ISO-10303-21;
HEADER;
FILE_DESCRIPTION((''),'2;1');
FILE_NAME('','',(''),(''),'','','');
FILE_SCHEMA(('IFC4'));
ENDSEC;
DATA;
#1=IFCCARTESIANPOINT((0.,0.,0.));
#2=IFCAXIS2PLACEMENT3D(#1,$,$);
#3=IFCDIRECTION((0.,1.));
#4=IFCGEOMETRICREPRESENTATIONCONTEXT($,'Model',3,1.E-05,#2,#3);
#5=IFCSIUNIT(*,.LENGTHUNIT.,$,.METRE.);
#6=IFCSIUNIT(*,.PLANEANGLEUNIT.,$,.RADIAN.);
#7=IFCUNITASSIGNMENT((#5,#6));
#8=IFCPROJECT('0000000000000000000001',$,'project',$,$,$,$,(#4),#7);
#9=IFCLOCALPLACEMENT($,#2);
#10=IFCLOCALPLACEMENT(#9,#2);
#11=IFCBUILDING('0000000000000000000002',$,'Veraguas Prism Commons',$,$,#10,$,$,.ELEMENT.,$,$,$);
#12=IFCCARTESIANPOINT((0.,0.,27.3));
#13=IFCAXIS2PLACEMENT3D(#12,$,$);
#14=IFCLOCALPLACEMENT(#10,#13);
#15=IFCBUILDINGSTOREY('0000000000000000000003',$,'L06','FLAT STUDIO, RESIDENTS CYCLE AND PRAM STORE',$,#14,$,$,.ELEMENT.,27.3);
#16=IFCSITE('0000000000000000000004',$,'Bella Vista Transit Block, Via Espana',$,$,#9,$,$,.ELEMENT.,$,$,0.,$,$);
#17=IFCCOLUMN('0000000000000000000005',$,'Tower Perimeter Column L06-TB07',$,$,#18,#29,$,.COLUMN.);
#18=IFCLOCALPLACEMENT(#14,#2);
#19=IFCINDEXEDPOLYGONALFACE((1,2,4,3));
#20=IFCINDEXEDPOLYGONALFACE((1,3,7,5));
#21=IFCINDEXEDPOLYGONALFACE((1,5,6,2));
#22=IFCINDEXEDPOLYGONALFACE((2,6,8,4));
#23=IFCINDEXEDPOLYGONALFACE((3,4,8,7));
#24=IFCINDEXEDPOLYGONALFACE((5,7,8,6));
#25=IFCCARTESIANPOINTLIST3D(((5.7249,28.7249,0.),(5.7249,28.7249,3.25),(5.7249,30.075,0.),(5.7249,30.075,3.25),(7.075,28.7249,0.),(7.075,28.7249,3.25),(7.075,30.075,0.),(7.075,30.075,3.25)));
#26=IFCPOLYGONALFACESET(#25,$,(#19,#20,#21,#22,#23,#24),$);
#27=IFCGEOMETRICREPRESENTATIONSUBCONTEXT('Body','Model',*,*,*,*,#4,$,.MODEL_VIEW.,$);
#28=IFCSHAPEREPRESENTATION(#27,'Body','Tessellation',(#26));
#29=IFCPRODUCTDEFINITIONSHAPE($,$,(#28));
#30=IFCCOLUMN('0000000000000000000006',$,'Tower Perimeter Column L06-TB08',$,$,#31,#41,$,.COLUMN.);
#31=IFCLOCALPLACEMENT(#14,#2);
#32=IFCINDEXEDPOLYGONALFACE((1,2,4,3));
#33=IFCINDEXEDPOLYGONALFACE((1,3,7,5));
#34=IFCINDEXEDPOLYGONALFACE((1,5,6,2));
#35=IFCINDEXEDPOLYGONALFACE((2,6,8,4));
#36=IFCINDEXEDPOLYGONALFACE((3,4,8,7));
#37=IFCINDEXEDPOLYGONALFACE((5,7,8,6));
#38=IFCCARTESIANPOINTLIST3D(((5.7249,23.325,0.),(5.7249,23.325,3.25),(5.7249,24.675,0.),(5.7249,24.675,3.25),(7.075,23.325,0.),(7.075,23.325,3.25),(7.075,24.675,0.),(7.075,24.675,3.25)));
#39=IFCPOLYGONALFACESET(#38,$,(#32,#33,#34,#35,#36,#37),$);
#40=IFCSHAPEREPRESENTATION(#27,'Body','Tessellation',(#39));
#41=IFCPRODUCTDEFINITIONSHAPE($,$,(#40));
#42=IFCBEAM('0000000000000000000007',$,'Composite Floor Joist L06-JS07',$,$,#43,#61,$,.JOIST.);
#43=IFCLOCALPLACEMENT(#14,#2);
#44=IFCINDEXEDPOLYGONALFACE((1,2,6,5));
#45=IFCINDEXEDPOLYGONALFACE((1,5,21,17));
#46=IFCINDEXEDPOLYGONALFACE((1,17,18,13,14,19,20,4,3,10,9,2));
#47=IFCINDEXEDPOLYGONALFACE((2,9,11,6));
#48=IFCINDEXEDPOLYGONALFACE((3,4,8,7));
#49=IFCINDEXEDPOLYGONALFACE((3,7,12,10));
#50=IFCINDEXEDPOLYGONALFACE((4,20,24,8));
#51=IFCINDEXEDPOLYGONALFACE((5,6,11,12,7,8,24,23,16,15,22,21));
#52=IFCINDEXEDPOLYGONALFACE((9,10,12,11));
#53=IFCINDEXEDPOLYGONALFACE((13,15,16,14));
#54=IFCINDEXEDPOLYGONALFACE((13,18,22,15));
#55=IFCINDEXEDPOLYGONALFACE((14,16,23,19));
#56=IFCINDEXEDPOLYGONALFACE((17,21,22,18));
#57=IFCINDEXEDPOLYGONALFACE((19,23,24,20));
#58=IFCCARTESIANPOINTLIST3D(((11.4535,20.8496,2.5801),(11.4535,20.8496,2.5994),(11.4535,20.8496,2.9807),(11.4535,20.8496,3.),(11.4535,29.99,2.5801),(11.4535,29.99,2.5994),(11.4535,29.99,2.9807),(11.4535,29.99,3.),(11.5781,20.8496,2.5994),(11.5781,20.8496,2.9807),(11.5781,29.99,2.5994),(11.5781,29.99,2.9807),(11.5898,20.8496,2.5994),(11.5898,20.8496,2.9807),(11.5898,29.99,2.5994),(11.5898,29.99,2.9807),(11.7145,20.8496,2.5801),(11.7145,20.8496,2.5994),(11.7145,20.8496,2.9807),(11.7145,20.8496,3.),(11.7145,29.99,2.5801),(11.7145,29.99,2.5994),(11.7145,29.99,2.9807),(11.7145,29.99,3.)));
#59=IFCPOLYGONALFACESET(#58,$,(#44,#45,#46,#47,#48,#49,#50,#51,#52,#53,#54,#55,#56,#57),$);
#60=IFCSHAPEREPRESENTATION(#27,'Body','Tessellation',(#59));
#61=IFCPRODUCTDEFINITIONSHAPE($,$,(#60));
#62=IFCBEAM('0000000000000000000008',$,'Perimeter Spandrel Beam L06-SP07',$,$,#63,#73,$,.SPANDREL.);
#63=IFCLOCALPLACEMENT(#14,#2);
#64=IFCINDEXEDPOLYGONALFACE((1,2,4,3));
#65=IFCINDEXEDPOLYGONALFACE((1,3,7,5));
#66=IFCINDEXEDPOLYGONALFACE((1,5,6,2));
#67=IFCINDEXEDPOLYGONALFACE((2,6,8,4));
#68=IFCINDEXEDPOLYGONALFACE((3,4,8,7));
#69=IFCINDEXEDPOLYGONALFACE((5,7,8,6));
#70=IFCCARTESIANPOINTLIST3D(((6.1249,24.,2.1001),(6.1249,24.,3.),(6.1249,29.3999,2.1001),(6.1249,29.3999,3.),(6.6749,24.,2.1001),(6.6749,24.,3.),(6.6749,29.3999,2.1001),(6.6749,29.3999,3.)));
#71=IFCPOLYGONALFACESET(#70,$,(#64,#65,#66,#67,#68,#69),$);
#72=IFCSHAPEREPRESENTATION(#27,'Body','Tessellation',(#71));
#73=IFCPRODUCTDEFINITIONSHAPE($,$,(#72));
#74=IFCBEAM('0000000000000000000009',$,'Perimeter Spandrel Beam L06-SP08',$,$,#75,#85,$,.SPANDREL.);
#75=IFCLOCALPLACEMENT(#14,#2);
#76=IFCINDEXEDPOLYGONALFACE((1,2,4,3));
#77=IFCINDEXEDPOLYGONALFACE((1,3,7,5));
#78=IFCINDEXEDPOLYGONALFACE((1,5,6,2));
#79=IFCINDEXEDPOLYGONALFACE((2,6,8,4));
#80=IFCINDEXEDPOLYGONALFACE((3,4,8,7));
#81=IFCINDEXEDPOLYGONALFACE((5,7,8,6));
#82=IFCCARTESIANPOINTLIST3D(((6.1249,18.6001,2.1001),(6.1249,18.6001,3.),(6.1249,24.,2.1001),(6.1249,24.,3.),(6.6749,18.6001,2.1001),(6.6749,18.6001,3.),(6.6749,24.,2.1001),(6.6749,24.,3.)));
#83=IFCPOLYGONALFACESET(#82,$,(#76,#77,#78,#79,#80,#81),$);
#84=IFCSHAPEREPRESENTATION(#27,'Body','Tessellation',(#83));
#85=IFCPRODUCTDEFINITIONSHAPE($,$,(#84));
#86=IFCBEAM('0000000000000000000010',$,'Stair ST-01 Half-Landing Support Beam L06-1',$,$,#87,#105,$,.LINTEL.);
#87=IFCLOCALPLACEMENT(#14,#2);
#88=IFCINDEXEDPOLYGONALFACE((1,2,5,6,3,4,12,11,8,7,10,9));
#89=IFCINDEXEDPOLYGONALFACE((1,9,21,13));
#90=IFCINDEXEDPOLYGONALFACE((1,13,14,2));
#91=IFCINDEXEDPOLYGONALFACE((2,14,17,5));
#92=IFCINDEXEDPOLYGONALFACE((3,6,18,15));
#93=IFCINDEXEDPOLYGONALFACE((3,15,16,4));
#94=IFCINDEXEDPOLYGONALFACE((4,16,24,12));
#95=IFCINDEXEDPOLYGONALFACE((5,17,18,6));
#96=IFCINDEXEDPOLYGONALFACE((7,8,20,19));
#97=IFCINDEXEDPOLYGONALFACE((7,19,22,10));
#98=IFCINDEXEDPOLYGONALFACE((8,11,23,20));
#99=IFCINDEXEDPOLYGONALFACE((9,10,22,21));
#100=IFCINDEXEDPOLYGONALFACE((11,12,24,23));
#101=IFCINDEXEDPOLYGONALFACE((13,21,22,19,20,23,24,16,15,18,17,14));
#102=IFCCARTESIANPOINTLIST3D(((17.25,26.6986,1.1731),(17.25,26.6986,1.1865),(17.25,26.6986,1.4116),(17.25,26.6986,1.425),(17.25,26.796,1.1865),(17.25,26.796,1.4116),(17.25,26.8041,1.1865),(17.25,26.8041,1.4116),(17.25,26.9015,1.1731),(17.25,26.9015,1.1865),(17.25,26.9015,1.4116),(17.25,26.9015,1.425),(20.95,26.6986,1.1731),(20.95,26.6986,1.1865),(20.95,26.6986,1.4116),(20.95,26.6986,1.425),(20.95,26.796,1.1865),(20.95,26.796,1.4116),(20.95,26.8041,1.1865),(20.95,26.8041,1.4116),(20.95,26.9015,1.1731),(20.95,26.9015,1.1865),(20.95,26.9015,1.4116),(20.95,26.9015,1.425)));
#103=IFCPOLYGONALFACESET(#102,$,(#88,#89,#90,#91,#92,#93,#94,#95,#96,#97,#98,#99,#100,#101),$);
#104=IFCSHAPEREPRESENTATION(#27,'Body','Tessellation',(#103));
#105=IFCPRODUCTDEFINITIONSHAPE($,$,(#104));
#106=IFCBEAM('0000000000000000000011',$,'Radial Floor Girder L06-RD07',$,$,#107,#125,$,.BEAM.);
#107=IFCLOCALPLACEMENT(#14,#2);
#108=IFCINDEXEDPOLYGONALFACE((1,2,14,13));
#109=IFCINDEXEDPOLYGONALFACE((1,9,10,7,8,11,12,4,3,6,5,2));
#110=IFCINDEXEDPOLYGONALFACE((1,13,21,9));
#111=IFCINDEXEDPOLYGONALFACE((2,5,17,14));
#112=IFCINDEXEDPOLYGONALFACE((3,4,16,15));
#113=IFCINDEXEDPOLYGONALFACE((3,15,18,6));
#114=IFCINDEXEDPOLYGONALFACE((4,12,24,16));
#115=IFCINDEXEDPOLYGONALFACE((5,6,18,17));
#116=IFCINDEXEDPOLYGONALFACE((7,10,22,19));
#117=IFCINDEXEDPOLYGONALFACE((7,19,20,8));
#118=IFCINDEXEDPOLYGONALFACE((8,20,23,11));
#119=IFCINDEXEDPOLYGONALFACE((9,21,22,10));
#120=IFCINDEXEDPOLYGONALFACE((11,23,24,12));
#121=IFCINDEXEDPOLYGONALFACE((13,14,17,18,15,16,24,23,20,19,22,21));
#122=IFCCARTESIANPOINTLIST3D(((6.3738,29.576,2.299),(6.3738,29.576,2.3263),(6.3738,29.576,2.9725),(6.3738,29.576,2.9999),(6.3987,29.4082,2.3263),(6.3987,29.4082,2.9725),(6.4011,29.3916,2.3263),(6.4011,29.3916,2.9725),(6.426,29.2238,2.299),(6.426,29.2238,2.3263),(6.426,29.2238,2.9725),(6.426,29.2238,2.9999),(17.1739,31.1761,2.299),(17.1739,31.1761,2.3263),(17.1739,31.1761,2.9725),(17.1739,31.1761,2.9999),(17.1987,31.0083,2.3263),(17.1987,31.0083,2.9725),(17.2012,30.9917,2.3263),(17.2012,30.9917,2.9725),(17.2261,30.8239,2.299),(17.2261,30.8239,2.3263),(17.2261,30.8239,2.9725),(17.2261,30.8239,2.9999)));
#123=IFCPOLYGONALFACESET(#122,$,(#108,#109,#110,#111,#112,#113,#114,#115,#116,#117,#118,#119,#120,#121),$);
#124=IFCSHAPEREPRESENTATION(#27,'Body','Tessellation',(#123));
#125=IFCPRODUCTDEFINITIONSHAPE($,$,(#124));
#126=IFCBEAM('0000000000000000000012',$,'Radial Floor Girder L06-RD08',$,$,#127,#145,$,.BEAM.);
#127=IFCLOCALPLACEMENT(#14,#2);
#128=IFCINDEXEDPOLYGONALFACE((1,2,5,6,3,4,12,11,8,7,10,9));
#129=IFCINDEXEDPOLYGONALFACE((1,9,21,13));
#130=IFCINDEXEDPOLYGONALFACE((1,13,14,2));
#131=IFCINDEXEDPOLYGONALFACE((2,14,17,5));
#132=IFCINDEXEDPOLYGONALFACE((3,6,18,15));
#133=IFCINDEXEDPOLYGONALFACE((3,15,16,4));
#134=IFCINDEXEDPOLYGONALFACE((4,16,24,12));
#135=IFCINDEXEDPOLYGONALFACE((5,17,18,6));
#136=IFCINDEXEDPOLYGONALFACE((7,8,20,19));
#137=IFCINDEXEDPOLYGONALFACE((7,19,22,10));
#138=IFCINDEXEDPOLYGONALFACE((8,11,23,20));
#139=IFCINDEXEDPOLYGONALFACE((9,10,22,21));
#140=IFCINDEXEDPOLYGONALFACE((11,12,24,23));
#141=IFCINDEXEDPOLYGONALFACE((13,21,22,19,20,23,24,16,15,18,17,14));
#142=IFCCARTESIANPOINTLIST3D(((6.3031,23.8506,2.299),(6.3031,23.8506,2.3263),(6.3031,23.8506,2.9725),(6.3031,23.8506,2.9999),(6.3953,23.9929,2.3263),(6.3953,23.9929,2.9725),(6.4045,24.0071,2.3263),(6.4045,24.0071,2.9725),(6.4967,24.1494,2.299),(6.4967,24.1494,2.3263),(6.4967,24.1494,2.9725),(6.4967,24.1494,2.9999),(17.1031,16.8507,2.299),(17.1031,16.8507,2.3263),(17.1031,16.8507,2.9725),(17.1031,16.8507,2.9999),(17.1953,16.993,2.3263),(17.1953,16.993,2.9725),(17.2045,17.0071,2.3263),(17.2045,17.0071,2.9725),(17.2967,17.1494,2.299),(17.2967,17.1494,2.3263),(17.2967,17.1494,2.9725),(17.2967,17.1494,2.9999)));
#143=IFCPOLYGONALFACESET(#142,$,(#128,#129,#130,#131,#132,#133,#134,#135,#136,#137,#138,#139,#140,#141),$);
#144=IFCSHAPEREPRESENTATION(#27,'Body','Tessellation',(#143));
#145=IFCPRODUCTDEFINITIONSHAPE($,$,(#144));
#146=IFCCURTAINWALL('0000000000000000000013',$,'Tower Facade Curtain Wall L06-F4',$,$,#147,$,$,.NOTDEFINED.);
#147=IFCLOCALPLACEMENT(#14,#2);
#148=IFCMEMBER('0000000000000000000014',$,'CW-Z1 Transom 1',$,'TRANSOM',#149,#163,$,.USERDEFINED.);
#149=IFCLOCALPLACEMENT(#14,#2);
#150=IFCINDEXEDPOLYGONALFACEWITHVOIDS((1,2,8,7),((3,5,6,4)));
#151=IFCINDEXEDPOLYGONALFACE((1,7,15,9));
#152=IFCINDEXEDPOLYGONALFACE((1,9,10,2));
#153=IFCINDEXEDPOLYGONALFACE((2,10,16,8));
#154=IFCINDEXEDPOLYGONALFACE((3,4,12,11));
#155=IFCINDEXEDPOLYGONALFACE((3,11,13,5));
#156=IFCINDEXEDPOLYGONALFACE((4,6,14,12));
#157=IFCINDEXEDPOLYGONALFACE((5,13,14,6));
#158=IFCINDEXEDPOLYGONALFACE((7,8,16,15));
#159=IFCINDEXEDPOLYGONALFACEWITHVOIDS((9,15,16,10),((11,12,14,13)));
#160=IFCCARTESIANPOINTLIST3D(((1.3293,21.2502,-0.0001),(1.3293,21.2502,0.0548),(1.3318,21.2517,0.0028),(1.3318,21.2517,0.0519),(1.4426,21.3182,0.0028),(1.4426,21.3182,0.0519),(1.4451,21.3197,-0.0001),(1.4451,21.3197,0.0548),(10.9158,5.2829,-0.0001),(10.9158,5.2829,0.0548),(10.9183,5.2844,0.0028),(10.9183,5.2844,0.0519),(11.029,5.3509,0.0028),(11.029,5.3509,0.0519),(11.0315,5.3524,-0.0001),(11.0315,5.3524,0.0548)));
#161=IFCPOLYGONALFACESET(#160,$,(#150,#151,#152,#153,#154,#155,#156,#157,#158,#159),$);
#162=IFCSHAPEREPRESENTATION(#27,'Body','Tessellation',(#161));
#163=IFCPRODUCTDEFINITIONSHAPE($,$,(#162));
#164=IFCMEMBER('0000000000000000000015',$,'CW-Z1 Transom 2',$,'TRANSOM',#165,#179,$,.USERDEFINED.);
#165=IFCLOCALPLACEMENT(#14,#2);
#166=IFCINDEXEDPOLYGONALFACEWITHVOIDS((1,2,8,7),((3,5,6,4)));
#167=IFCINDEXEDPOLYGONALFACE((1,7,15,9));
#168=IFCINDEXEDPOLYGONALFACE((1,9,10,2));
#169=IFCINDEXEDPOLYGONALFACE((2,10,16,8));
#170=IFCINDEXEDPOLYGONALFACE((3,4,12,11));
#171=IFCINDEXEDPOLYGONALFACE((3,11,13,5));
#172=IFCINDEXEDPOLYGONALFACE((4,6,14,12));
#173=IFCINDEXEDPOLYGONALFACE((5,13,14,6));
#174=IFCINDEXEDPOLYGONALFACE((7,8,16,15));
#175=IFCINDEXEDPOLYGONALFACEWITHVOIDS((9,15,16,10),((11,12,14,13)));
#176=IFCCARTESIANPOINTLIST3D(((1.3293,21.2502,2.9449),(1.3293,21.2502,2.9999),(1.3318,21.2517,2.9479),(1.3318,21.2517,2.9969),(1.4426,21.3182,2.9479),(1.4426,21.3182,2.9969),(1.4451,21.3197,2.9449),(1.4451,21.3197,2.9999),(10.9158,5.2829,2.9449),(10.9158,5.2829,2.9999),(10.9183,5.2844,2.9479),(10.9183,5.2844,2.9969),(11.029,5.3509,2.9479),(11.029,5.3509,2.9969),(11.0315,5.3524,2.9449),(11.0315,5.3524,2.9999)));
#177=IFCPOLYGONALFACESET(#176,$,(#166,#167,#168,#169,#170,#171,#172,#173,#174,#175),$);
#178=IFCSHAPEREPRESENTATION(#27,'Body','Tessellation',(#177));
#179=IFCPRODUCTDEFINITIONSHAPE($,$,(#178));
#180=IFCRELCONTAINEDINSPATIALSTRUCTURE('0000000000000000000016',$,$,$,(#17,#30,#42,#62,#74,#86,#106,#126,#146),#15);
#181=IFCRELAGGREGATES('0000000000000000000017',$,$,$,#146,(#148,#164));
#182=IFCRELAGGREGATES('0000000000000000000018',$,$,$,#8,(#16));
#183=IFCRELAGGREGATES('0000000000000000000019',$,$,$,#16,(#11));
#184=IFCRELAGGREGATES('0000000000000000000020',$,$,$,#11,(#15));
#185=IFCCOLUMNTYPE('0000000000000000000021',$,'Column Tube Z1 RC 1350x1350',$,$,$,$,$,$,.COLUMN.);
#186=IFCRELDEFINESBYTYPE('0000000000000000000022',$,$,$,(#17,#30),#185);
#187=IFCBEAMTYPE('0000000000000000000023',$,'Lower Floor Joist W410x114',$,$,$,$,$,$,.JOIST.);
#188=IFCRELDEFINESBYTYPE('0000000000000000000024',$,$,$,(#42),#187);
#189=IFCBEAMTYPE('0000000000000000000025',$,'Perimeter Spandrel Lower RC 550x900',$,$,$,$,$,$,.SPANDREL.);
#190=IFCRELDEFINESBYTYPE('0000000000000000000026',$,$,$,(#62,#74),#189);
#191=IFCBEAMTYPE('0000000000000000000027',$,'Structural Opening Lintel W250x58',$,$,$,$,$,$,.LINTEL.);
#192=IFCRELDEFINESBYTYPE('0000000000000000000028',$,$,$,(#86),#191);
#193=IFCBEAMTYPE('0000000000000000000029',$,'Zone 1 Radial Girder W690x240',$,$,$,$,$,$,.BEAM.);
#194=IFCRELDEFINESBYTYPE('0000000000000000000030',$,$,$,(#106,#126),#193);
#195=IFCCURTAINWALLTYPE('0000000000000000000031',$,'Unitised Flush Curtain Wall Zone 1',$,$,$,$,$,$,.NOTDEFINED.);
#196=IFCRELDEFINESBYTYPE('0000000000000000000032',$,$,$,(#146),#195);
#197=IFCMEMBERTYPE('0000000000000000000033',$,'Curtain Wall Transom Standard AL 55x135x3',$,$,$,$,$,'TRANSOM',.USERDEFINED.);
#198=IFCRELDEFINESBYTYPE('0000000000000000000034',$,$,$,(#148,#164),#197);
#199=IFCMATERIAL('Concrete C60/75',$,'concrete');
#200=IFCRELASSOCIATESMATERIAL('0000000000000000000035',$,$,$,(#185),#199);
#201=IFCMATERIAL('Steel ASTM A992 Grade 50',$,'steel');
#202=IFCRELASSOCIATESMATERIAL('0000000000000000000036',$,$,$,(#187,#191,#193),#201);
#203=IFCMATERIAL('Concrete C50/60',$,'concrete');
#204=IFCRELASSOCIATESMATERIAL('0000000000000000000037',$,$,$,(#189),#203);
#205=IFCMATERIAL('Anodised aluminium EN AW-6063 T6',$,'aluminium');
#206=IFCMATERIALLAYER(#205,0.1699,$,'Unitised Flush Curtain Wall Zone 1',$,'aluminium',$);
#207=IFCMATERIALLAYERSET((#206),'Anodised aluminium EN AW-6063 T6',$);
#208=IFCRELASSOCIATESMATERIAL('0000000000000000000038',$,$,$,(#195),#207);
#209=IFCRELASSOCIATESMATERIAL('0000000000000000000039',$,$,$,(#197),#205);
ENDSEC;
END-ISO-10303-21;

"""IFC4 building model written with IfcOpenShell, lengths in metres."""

from ifc_helpers import new_model, si_unit, direction, frame, origin, origin_2d, place, context, subcontext, project, spatial, rectangle, hollow_rectangle, i_section, extrude, source, transform, mapped, material, layer, layer_set, material_profile, profile_set, type_object, element, aggregate, save


model = new_model("IFC4")

# Units and contexts
model_context = context("Model", 3, precision=1e-05, world=origin(), true_north=direction((0.0, 1.0)))
body_context = subcontext(model_context, "Body", "Model", "MODEL_VIEW")
ifc_project = project(units=[si_unit("LENGTHUNIT", "METRE"), si_unit("PLANEANGLEUNIT", "RADIAN")], contexts=[model_context])

# Site, building, storey
site_placement = place(None, origin())
site = spatial("IfcSite", under=ifc_project, at=site_placement, Name="Bella Vista Transit Block, Via Espana", CompositionType="ELEMENT", RefElevation=0.0)
building_placement = place(site_placement, origin())
building = spatial("IfcBuilding", under=site, at=building_placement, Name="Veraguas Prism Commons", CompositionType="ELEMENT")
storey_placement = place(building_placement, frame((0.0, 0.0, 27.3)))
storey = spatial("IfcBuildingStorey", under=building, at=storey_placement, Name="L06", Description="FLAT STUDIO, RESIDENTS CYCLE AND PRAM STORE", CompositionType="ELEMENT", Elevation=27.3)

# Columns
ifc_material_1 = material(Name="Concrete C60/75", Category="concrete")
ifc_material_profile_1 = material_profile(ifc_material_1, rectangle(XDim=1.3501, YDim=1.3501, at=origin_2d()), Name="RC1350X1350")
ifc_profile_set_1 = profile_set([ifc_material_profile_1], Name="Concrete C60/75")
column_type = type_object("IfcColumnType", Name="Column Tube Z1 RC 1350x1350", PredefinedType="COLUMN", material=ifc_profile_set_1)
for number, where, z_axis, x_axis, name in (
    (1, (6.3999, 29.3999, 0.0), (0.0, 0.0, 1.0), (1.0, 0.0, 0.0), "Tower Perimeter Column L06-TB07"),
    (2, (6.3999, 24.0, 0.0), (0.0, 0.0, 1.0), (1.0, 0.0, 0.0), "Tower Perimeter Column L06-TB08"),
):
    element("IfcColumn", number, at=place(storey_placement, frame(where, z_axis=z_axis, x_axis=x_axis)), inside=storey, type_object=column_type, Name=name, PredefinedType="COLUMN", context=body_context, shape_type="SweptSolid", body=[
        extrude(rectangle(XDim=1.3501, YDim=1.3501, at=origin_2d()), origin(), (0.0, 0.0, 1.0), 3.25),
    ])

# Beams
ifc_material_2 = material(Name="Steel ASTM A992 Grade 50", Category="steel")
ifc_material_profile_2 = material_profile(ifc_material_2, i_section(OverallWidth=0.261, OverallDepth=0.4199, WebThickness=0.0117, FlangeThickness=0.0193, at=origin_2d()), Name="W410X114")
ifc_profile_set_2 = profile_set([ifc_material_profile_2], Name="Steel ASTM A992 Grade 50")
beam_type_1 = type_object("IfcBeamType", Name="Lower Floor Joist W410x114", PredefinedType="JOIST", material=ifc_profile_set_2)
beam_1_placement = place(storey_placement, frame((11.584, 29.99, 2.79), z_axis=(0.0, -1.0, 0.0), x_axis=(1.0, 0.0, 0.0)))
element("IfcBeam", 3, at=beam_1_placement, inside=storey, type_object=beam_type_1, Name="Composite Floor Joist L06-JS07", PredefinedType="JOIST", context=body_context, shape_type="SweptSolid", body=[
    extrude(i_section(OverallWidth=0.261, OverallDepth=0.4199, WebThickness=0.0117, FlangeThickness=0.0193, at=origin_2d()), origin(), (0.0, 0.0, 1.0), 9.1404),
])
ifc_material_3 = material(Name="Concrete C50/60", Category="concrete")
ifc_material_profile_3 = material_profile(ifc_material_3, rectangle(XDim=0.55, YDim=0.8999, at=origin_2d()), Name="RC550X900")
ifc_profile_set_3 = profile_set([ifc_material_profile_3], Name="Concrete C50/60")
beam_type_2 = type_object("IfcBeamType", Name="Perimeter Spandrel Lower RC 550x900", PredefinedType="SPANDREL", material=ifc_profile_set_3)
for number, where, z_axis, x_axis, name in (
    (4, (6.3999, 29.3999, 2.55), (0.0, -1.0, 0.0), (1.0, 0.0, 0.0), "Perimeter Spandrel Beam L06-SP07"),
    (5, (6.3999, 24.0, 2.55), (0.0, -1.0, 0.0), (1.0, 0.0, 0.0), "Perimeter Spandrel Beam L06-SP08"),
):
    element("IfcBeam", number, at=place(storey_placement, frame(where, z_axis=z_axis, x_axis=x_axis)), inside=storey, type_object=beam_type_2, Name=name, PredefinedType="SPANDREL", context=body_context, shape_type="SweptSolid", body=[
        extrude(rectangle(XDim=0.55, YDim=0.8999, at=origin_2d()), origin(), (0.0, 0.0, 1.0), 5.3999),
    ])
ifc_material_profile_4 = material_profile(ifc_material_2, i_section(OverallWidth=0.2029, OverallDepth=0.252, WebThickness=0.0081, FlangeThickness=0.0134, at=origin_2d()), Name="W250X58")
ifc_profile_set_4 = profile_set([ifc_material_profile_4], Name="Steel ASTM A992 Grade 50")
beam_type_3 = type_object("IfcBeamType", Name="Structural Opening Lintel W250x58", PredefinedType="LINTEL", material=ifc_profile_set_4)
beam_2_placement = place(storey_placement, frame((17.25, 26.8, 1.2991), z_axis=(1.0, 0.0, 0.0), x_axis=(0.0, 1.0, 0.0)))
element("IfcBeam", 6, at=beam_2_placement, inside=storey, type_object=beam_type_3, Name="Stair ST-01 Half-Landing Support Beam L06-1", PredefinedType="LINTEL", context=body_context, shape_type="SweptSolid", body=[
    extrude(i_section(OverallWidth=0.2029, OverallDepth=0.252, WebThickness=0.0081, FlangeThickness=0.0134, at=origin_2d()), origin(), (0.0, 0.0, 1.0), 3.7),
])
ifc_material_profile_5 = material_profile(ifc_material_2, i_section(OverallWidth=0.356, OverallDepth=0.7009, WebThickness=0.0168, FlangeThickness=0.0273, at=origin_2d()), Name="W690X240")
ifc_profile_set_5 = profile_set([ifc_material_profile_5], Name="Steel ASTM A992 Grade 50")
beam_type_4 = type_object("IfcBeamType", Name="Zone 1 Radial Girder W690x240", PredefinedType="BEAM", material=ifc_profile_set_5)
beam_3_placement = place(storey_placement, frame((6.3999, 29.3999, 2.6494), z_axis=(0.989202, 0.146557, 0.0), x_axis=(-0.146557, 0.989202, 0.0)))
element("IfcBeam", 7, at=beam_3_placement, inside=storey, type_object=beam_type_4, Name="Radial Floor Girder L06-RD07", PredefinedType="BEAM", context=body_context, shape_type="SweptSolid", body=[
    extrude(i_section(OverallWidth=0.356, OverallDepth=0.7009, WebThickness=0.0168, FlangeThickness=0.0273, at=origin_2d()), origin(), (0.0, 0.0, 1.0), 10.918),
])
beam_4_placement = place(storey_placement, frame((6.3999, 24.0, 2.6494), z_axis=(0.839154, -0.543894, 0.0), x_axis=(0.543894, 0.839154, 0.0)))
element("IfcBeam", 8, at=beam_4_placement, inside=storey, type_object=beam_type_4, Name="Radial Floor Girder L06-RD08", PredefinedType="BEAM", context=body_context, shape_type="SweptSolid", body=[
    extrude(i_section(OverallWidth=0.356, OverallDepth=0.7009, WebThickness=0.0168, FlangeThickness=0.0273, at=origin_2d()), origin(), (0.0, 0.0, 1.0), 12.8701),
])

# Curtain wall, members
ifc_material_4 = material(Name="Anodised aluminium EN AW-6063 T6", Category="aluminium")
ifc_layer_1 = layer(ifc_material_4, 0.1699, Name="Unitised Flush Curtain Wall Zone 1", Category="aluminium")
ifc_layer_set_1 = layer_set([ifc_layer_1], Name="Anodised aluminium EN AW-6063 T6")
curtain_wall_type = type_object("IfcCurtainWallType", Name="Unitised Flush Curtain Wall Zone 1", PredefinedType="NOTDEFINED", material=ifc_layer_set_1)
curtain_wall_1_placement = place(storey_placement, origin())
curtain_wall_1 = element("IfcCurtainWall", 9, at=curtain_wall_1_placement, inside=storey, type_object=curtain_wall_type, Name="Tower Facade Curtain Wall L06-F4", PredefinedType="NOTDEFINED")
ifc_material_profile_6 = material_profile(ifc_material_4, hollow_rectangle(XDim=0.0549, YDim=0.135, WallThickness=0.0029, at=origin_2d()), Name="AL55X135X3")
ifc_profile_set_6 = profile_set([ifc_material_profile_6], Name="Anodised aluminium EN AW-6063 T6")
member_type_1 = type_object("IfcMemberType", Name="Curtain Wall Transom Standard AL 55x135x3", ElementType="TRANSOM", PredefinedType="USERDEFINED", material=ifc_profile_set_6)
shared_shape_1 = source(origin(), body_context, "Body", "SweptSolid", [
    extrude(hollow_rectangle(XDim=0.0549, YDim=0.135, WallThickness=0.0029, at=origin_2d()), origin(), (0.0, 0.0, 1.0), 18.624),
])
member_1_placement = place(storey_placement, frame((1.3872, 21.2849, 0.0273), z_axis=(0.514735, -0.857349, 0.0), x_axis=(0.0, 0.0, 1.0)))
member_1 = element("IfcMember", 10, at=member_1_placement, type_object=member_type_1, Name="CW-Z1 Transom 1", ObjectType="TRANSOM", PredefinedType="USERDEFINED", context=body_context, shape_type="MappedRepresentation", body=[
    mapped(shared_shape_1, transform((0.0, 0.0, 0.0), scale=1.0)),
])
member_2_placement = place(storey_placement, frame((1.3872, 21.2849, 2.9724), z_axis=(0.514735, -0.857349, 0.0), x_axis=(0.0, 0.0, 1.0)))
member_2 = element("IfcMember", 11, at=member_2_placement, type_object=member_type_1, Name="CW-Z1 Transom 2", ObjectType="TRANSOM", PredefinedType="USERDEFINED", context=body_context, shape_type="MappedRepresentation", body=[
    mapped(shared_shape_1, transform((0.0, 0.0, 0.0), scale=1.0)),
])

aggregate(curtain_wall_1, [member_1, member_2])

save(model, "model.ifc")
